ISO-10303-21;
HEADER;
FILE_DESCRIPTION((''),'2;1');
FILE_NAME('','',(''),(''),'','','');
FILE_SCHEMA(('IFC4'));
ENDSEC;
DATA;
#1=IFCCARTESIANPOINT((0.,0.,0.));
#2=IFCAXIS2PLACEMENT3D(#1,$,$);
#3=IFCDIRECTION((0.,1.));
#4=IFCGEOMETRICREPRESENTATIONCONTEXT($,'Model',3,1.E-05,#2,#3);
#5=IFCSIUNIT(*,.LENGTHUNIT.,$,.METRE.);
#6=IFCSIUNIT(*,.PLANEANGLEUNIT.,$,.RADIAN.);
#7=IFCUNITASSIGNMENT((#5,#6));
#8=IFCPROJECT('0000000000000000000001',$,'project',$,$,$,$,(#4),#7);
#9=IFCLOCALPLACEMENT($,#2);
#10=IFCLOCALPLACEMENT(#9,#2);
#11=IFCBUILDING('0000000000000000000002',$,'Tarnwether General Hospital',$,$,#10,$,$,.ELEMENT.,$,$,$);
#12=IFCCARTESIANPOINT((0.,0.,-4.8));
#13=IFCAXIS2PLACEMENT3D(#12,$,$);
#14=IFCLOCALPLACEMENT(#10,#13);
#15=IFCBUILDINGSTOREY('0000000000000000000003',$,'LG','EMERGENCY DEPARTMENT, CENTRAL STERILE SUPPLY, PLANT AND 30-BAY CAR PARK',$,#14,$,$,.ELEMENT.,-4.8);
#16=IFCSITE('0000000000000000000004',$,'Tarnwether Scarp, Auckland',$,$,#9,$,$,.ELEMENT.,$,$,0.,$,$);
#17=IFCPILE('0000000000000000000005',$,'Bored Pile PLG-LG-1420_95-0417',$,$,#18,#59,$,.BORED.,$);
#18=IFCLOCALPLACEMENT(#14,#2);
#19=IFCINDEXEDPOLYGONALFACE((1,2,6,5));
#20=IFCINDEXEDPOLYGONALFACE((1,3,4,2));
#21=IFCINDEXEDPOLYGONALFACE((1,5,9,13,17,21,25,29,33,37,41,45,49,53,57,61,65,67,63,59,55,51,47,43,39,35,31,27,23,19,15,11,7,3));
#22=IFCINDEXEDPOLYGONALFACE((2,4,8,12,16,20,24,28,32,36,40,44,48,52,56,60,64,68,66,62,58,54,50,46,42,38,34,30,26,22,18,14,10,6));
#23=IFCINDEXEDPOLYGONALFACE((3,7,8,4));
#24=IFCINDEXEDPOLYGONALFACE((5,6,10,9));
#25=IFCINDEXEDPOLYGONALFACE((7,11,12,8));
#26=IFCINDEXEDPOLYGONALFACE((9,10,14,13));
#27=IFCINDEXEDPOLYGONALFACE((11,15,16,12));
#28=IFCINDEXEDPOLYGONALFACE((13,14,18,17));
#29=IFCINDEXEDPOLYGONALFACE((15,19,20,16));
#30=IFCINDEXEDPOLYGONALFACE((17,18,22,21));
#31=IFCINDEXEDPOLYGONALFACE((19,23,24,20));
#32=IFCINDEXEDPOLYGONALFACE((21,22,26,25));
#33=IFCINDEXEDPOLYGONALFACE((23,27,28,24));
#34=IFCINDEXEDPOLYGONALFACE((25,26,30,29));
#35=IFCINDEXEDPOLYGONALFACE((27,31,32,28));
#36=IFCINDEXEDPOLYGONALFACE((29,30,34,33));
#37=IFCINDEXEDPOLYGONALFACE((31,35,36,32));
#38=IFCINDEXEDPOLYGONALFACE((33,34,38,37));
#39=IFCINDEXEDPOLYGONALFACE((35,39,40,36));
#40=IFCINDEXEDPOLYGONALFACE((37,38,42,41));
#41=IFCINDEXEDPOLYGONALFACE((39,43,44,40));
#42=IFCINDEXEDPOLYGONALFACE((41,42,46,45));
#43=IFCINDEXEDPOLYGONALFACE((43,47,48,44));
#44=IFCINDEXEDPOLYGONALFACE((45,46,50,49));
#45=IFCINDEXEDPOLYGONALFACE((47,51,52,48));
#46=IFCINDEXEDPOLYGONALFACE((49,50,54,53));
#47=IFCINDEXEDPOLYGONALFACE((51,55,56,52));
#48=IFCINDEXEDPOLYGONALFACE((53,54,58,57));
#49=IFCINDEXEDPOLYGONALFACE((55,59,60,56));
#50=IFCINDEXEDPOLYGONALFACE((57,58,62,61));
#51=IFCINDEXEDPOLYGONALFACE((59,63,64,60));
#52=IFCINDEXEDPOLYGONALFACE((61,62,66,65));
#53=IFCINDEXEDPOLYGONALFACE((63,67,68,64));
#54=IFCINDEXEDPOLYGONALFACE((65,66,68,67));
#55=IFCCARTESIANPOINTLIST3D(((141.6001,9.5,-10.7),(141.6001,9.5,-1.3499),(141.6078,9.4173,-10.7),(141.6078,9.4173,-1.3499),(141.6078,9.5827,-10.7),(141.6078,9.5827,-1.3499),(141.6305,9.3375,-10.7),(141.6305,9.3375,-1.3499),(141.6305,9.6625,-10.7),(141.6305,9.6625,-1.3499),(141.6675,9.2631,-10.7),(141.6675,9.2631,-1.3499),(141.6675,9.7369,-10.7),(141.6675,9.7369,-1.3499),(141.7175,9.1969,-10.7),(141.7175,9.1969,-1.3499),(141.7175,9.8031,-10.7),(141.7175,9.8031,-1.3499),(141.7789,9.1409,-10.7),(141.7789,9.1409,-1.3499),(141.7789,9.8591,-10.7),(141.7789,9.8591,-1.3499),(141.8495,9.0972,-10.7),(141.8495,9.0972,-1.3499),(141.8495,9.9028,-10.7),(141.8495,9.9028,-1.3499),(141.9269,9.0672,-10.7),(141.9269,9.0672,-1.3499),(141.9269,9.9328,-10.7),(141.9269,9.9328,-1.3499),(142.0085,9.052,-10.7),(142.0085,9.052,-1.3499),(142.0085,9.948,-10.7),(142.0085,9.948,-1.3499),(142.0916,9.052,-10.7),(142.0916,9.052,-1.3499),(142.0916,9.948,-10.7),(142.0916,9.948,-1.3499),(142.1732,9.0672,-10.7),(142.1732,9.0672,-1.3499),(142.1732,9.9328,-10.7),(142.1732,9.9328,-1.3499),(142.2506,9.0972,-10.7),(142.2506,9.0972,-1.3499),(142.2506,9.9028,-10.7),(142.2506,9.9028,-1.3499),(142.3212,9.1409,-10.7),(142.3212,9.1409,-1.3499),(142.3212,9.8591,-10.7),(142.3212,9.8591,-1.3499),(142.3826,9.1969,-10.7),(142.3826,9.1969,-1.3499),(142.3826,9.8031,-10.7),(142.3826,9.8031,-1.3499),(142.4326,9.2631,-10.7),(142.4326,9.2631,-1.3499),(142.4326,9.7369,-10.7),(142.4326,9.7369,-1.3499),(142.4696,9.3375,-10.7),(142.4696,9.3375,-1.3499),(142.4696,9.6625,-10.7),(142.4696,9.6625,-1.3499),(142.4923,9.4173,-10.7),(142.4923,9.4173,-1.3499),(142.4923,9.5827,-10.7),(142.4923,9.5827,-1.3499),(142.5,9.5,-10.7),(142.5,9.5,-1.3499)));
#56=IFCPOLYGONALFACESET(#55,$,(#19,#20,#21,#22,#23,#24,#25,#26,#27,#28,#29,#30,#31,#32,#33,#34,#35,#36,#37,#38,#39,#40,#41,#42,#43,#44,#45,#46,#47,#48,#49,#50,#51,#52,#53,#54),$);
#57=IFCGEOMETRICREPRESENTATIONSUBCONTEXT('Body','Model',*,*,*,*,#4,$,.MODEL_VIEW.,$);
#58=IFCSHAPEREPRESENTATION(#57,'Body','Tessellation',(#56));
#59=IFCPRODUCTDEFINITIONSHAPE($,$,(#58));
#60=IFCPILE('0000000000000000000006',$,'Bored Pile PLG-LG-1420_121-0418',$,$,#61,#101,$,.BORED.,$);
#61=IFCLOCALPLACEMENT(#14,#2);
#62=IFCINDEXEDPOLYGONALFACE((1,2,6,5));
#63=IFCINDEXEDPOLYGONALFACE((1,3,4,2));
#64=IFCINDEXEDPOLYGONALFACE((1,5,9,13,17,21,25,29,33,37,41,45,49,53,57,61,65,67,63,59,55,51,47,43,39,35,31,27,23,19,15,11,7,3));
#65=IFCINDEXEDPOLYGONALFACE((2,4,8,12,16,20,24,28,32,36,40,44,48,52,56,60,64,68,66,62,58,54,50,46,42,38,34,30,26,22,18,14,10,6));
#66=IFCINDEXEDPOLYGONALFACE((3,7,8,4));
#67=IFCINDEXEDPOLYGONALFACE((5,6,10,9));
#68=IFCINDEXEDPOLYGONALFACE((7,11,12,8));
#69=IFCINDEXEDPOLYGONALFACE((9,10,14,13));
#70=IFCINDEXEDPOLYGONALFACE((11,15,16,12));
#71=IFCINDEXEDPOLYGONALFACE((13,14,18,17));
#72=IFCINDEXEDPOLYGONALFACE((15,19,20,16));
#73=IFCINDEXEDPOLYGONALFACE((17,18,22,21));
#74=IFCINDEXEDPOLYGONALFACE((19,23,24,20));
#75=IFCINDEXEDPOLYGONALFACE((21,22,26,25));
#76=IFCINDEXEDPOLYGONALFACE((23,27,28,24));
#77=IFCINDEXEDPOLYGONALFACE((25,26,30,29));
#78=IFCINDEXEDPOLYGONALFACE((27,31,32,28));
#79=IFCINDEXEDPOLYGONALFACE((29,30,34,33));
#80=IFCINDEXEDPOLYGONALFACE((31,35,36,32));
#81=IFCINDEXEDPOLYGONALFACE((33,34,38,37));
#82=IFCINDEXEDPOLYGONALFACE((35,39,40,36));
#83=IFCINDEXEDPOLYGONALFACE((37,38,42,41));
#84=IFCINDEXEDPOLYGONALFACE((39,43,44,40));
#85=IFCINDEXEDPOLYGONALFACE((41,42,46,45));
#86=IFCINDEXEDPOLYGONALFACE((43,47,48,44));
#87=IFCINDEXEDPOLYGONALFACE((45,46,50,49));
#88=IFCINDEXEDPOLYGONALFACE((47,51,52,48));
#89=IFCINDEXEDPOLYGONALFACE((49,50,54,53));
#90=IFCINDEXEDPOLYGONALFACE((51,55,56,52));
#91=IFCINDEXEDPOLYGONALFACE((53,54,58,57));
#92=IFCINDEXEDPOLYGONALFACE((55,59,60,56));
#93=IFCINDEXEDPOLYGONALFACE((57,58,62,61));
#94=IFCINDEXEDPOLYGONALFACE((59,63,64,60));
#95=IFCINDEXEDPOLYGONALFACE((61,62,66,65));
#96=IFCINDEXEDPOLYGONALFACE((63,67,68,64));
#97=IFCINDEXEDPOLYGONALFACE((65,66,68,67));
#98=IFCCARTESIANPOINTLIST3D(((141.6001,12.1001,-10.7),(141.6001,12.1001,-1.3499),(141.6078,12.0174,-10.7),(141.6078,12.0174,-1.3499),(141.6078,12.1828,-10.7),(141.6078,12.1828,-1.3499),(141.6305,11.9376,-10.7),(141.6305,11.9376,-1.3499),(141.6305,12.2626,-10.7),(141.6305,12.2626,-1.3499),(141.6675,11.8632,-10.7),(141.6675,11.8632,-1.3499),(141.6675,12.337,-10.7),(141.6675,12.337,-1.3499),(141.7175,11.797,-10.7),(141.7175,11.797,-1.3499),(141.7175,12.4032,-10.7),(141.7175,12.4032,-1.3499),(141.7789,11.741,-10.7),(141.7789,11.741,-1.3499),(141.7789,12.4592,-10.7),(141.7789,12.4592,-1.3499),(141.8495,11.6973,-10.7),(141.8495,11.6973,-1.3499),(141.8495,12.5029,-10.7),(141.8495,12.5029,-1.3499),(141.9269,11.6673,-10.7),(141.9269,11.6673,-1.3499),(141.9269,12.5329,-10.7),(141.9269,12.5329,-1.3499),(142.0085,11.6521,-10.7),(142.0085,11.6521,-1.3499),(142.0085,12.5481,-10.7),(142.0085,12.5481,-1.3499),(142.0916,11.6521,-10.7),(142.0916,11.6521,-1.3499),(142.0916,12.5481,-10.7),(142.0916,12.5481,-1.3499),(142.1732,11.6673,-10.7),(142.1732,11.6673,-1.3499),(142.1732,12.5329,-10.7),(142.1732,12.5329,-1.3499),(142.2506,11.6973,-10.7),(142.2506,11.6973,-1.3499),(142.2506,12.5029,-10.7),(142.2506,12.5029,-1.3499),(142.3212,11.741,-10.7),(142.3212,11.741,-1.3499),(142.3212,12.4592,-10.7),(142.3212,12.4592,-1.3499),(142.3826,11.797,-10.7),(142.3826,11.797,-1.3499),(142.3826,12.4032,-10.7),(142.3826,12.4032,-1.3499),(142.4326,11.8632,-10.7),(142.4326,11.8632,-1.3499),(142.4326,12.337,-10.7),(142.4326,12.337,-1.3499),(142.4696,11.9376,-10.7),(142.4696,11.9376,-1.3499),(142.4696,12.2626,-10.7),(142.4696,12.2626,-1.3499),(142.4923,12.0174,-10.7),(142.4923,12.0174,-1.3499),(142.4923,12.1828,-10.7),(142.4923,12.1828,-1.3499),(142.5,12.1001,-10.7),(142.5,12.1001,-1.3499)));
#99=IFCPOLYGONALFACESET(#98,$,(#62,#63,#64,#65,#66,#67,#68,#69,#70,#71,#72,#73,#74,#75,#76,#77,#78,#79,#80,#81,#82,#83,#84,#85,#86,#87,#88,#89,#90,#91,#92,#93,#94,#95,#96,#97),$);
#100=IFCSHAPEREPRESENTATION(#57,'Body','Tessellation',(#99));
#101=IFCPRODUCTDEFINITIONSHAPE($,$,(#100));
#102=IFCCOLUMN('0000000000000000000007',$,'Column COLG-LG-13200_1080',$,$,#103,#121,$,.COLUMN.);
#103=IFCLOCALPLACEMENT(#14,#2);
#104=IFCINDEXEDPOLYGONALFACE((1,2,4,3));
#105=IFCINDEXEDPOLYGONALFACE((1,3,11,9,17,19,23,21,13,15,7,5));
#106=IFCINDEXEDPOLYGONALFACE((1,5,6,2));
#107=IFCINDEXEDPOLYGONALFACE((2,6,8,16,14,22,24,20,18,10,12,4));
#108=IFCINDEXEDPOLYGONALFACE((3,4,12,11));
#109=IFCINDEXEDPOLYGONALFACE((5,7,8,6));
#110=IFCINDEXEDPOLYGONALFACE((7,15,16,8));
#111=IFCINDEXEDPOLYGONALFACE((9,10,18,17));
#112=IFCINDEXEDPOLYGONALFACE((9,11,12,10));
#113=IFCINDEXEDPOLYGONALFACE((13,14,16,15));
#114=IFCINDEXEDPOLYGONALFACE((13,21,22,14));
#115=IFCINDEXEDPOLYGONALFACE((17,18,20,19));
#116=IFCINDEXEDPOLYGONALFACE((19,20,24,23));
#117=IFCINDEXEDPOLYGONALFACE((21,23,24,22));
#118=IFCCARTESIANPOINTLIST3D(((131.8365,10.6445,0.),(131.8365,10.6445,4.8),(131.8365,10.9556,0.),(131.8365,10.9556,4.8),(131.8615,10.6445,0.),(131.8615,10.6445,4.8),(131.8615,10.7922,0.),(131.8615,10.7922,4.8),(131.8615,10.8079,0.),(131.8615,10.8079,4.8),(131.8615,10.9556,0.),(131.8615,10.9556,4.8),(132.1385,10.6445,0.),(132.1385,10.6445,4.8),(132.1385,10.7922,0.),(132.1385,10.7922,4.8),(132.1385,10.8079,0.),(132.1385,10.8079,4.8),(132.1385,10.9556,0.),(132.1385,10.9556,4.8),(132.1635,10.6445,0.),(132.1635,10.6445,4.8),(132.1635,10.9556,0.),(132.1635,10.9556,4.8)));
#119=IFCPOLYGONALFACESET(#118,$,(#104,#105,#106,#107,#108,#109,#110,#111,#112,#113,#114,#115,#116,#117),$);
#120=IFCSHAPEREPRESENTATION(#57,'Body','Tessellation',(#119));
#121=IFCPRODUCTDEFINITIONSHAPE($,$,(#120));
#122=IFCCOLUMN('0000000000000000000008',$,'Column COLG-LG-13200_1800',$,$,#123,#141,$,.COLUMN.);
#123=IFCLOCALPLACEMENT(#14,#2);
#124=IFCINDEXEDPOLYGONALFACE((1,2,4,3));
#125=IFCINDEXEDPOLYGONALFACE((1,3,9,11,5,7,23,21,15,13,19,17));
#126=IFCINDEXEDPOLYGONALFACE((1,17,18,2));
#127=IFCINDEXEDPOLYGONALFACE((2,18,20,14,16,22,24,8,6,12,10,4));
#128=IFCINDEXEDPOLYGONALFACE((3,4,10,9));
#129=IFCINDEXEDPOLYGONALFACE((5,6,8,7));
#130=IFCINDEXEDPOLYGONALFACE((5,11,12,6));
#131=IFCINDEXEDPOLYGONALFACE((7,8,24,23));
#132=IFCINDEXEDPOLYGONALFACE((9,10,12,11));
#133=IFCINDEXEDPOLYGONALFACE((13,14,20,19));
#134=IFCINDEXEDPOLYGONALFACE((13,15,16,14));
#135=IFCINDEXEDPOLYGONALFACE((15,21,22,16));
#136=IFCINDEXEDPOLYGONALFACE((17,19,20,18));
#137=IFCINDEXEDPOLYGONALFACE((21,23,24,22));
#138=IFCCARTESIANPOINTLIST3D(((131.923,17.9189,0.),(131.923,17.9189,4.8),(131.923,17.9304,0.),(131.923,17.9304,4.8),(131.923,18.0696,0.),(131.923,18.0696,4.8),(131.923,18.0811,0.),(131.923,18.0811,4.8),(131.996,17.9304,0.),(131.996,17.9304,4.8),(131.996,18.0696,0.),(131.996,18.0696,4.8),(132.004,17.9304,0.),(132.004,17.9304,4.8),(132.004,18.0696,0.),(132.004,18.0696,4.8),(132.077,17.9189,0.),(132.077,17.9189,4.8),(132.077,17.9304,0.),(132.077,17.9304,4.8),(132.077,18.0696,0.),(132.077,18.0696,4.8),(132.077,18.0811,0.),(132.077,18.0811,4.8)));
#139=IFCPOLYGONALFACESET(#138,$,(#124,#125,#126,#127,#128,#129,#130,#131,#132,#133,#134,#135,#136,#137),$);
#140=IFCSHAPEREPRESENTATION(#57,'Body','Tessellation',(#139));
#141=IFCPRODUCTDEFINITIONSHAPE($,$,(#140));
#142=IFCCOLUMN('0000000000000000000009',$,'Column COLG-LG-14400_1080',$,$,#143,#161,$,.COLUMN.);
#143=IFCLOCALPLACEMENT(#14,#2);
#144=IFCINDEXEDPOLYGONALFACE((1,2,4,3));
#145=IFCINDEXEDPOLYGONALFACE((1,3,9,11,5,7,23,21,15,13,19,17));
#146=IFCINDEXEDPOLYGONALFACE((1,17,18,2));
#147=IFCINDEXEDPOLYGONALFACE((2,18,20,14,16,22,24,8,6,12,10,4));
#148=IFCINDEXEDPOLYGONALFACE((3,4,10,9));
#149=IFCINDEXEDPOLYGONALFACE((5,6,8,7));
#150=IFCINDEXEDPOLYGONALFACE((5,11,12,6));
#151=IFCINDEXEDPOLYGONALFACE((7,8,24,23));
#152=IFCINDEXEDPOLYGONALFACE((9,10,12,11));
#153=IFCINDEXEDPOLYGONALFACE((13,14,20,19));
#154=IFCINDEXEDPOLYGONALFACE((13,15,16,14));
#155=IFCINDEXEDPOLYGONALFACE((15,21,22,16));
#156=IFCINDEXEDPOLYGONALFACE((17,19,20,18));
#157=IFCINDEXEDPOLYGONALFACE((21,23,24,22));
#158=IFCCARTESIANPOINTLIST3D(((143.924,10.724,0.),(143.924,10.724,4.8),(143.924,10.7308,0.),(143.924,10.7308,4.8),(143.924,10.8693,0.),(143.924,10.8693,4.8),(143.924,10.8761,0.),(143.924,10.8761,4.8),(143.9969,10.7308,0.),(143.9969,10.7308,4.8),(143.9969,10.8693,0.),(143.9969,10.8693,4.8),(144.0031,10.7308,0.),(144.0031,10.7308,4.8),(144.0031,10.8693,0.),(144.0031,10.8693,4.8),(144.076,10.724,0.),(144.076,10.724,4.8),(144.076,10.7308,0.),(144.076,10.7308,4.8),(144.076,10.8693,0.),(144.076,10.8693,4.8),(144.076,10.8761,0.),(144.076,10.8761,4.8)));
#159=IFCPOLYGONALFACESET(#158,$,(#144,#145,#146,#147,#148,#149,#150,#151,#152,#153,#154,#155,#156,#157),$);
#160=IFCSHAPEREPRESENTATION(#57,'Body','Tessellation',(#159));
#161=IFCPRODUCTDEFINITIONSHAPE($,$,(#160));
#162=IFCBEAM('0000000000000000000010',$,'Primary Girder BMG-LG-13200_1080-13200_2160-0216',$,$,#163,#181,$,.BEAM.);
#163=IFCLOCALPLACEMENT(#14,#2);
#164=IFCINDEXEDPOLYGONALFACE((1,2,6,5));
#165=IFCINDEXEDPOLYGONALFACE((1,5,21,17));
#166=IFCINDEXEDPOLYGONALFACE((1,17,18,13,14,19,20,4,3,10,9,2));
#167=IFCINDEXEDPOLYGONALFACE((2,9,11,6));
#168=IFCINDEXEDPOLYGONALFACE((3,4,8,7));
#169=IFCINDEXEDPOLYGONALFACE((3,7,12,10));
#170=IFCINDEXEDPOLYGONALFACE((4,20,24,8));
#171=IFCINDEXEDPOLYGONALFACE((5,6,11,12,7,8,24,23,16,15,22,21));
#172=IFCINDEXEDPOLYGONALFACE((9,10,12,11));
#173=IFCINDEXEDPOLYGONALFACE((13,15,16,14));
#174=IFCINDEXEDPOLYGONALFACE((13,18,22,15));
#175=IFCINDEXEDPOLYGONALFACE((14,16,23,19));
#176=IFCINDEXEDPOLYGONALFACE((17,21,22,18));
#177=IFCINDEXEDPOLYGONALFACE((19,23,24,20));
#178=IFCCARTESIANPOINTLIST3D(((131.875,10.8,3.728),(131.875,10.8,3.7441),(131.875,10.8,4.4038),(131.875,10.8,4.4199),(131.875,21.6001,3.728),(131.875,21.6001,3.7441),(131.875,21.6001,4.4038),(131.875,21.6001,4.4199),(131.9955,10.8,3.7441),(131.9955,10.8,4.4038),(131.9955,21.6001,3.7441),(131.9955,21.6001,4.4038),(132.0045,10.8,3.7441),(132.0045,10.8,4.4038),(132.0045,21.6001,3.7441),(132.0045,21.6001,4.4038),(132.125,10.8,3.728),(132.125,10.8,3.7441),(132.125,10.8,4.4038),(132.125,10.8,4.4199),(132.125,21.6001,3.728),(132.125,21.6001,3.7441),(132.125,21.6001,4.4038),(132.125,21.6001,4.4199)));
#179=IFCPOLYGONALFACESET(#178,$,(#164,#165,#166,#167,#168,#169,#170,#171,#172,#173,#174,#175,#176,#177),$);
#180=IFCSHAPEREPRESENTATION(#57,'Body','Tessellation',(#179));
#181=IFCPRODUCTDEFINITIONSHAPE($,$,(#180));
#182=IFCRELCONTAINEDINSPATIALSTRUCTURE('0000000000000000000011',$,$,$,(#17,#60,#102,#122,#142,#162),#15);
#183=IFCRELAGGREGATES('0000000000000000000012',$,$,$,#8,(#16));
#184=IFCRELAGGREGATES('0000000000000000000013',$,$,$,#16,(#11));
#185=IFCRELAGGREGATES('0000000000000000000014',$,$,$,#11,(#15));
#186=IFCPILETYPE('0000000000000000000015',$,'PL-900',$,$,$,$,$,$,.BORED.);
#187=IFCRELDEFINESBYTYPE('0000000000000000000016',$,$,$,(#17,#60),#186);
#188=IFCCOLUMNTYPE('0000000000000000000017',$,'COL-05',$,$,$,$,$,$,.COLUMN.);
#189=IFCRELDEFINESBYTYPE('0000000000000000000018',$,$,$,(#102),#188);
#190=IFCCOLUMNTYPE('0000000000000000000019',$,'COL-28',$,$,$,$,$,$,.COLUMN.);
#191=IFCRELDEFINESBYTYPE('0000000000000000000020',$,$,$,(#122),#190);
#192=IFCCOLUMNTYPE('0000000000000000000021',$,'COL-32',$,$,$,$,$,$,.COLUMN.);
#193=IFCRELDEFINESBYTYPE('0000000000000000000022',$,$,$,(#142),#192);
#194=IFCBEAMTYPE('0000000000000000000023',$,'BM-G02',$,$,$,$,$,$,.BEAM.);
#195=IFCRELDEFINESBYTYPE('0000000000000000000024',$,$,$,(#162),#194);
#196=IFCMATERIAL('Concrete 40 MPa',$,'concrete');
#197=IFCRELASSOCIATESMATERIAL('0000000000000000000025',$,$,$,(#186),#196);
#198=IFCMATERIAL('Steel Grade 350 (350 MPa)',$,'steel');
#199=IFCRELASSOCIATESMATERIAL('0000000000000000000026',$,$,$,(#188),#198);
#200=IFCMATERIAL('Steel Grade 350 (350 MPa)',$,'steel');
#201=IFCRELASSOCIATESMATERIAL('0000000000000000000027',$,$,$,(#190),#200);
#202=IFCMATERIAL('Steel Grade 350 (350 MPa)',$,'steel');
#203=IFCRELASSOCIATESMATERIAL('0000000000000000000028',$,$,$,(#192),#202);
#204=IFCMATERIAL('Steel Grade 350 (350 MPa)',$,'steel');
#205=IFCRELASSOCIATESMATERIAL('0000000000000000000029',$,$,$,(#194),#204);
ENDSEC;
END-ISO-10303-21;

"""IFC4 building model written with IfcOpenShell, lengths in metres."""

from ifc_helpers import new_model, si_unit, direction, frame, origin, origin_2d, place, context, subcontext, project, spatial, circle, i_section, extrude, material, material_profile, profile_set, type_object, element, save


model = new_model("IFC4")

# Units and contexts
model_context = context("Model", 3, precision=1e-05, world=origin(), true_north=direction((0.0, 1.0)))
body_context = subcontext(model_context, "Body", "Model", "MODEL_VIEW")
ifc_project = project(units=[si_unit("LENGTHUNIT", "METRE"), si_unit("PLANEANGLEUNIT", "RADIAN")], contexts=[model_context])

# Site, building, storey
site_placement = place(None, origin())
site = spatial("IfcSite", under=ifc_project, at=site_placement, Name="Tarnwether Scarp, Auckland", CompositionType="ELEMENT", RefElevation=0.0)
building_placement = place(site_placement, origin())
building = spatial("IfcBuilding", under=site, at=building_placement, Name="Tarnwether General Hospital", CompositionType="ELEMENT")
storey_placement = place(building_placement, frame((0.0, 0.0, -4.8)))
storey = spatial("IfcBuildingStorey", under=building, at=storey_placement, Name="LG", Description="EMERGENCY DEPARTMENT, CENTRAL STERILE SUPPLY, PLANT AND 30-BAY CAR PARK", CompositionType="ELEMENT", Elevation=-4.8)

# Piles
ifc_material_1 = material(Name="Concrete 40 MPa", Category="concrete")
ifc_material_profile_1 = material_profile(ifc_material_1, circle(Radius=0.45, at=origin_2d()), Name="PILE-D900")
ifc_profile_set_1 = profile_set([ifc_material_profile_1], Name="Concrete 40 MPa")
pile_type_1 = type_object("IfcPileType", Name="PL-900", PredefinedType="BORED", material=ifc_profile_set_1)
for number, where, z_axis, x_axis, name in (
    (1, (142.05, 9.5, -1.3499), (0.0, 0.0, -1.0), (1.0, 0.0, 0.0), "Bored Pile PLG-LG-1420_95-0417"),
    (2, (142.05, 12.1001, -1.3499), (0.0, 0.0, -1.0), (1.0, 0.0, 0.0), "Bored Pile PLG-LG-1420_121-0418"),
):
    element("IfcPile", number, at=place(storey_placement, frame(where, z_axis=z_axis, x_axis=x_axis)), inside=storey, type_object=pile_type_1, Name=name, PredefinedType="BORED", context=body_context, shape_type="SweptSolid", body=[
        extrude(circle(Radius=0.45, at=origin_2d()), origin(), (0.0, 0.0, 1.0), 9.3501),
    ])

# Columns
ifc_material_2 = material(Name="Steel Grade 350 (350 MPa)", Category="steel")
ifc_material_profile_2 = material_profile(ifc_material_2, i_section(OverallWidth=0.311, OverallDepth=0.3269, WebThickness=0.0156, FlangeThickness=0.0249, at=origin_2d()), Name="310UC158")
ifc_profile_set_2 = profile_set([ifc_material_profile_2], Name="Steel Grade 350 (350 MPa)")
column_type_1 = type_object("IfcColumnType", Name="COL-05", PredefinedType="COLUMN", material=ifc_profile_set_2)
column_1_placement = place(storey_placement, frame((132.0, 10.8, 0.0), z_axis=(0.0, 0.0, 1.0), x_axis=(0.0, 1.0, 0.0)))
element("IfcColumn", 3, at=column_1_placement, inside=storey, type_object=column_type_1, Name="Column COLG-LG-13200_1080", PredefinedType="COLUMN", context=body_context, shape_type="SweptSolid", body=[
    extrude(i_section(OverallWidth=0.311, OverallDepth=0.3269, WebThickness=0.0156, FlangeThickness=0.0249, at=origin_2d()), origin(), (0.0, 0.0, 1.0), 4.8),
])
ifc_material_3 = material(Name="Steel Grade 350 (350 MPa)", Category="steel")
ifc_material_profile_3 = material_profile(ifc_material_3, i_section(OverallWidth=0.1541, OverallDepth=0.1621, WebThickness=0.0081, FlangeThickness=0.0115, at=origin_2d()), Name="150UC37.2")
ifc_profile_set_3 = profile_set([ifc_material_profile_3], Name="Steel Grade 350 (350 MPa)")
column_type_2 = type_object("IfcColumnType", Name="COL-28", PredefinedType="COLUMN", material=ifc_profile_set_3)
column_2_placement = place(storey_placement, frame((132.0, 18.0, 0.0), z_axis=(0.0, 0.0, 1.0), x_axis=(1.0, 0.0, 0.0)))
element("IfcColumn", 4, at=column_2_placement, inside=storey, type_object=column_type_2, Name="Column COLG-LG-13200_1800", PredefinedType="COLUMN", context=body_context, shape_type="SweptSolid", body=[
    extrude(i_section(OverallWidth=0.1541, OverallDepth=0.1621, WebThickness=0.0081, FlangeThickness=0.0115, at=origin_2d()), origin(), (0.0, 0.0, 1.0), 4.8),
])
ifc_material_4 = material(Name="Steel Grade 350 (350 MPa)", Category="steel")
ifc_material_profile_4 = material_profile(ifc_material_4, i_section(OverallWidth=0.1521, OverallDepth=0.1521, WebThickness=0.0061, FlangeThickness=0.0068, at=origin_2d()), Name="150UC23.4")
ifc_profile_set_4 = profile_set([ifc_material_profile_4], Name="Steel Grade 350 (350 MPa)")
column_type_3 = type_object("IfcColumnType", Name="COL-32", PredefinedType="COLUMN", material=ifc_profile_set_4)
column_3_placement = place(storey_placement, frame((144.0, 10.8, 0.0), z_axis=(0.0, 0.0, 1.0), x_axis=(1.0, 0.0, 0.0)))
element("IfcColumn", 5, at=column_3_placement, inside=storey, type_object=column_type_3, Name="Column COLG-LG-14400_1080", PredefinedType="COLUMN", context=body_context, shape_type="SweptSolid", body=[
    extrude(i_section(OverallWidth=0.1521, OverallDepth=0.1521, WebThickness=0.0061, FlangeThickness=0.0068, at=origin_2d()), origin(), (0.0, 0.0, 1.0), 4.8),
])

# Beam
ifc_material_5 = material(Name="Steel Grade 350 (350 MPa)", Category="steel")
ifc_material_profile_5 = material_profile(ifc_material_5, i_section(OverallWidth=0.25, OverallDepth=0.6919, WebThickness=0.009, FlangeThickness=0.0161, at=origin_2d()), Name="700WB115")
ifc_profile_set_5 = profile_set([ifc_material_profile_5], Name="Steel Grade 350 (350 MPa)")
beam_type_1 = type_object("IfcBeamType", Name="BM-G02", PredefinedType="BEAM", material=ifc_profile_set_5)
for number, where, z_axis, x_axis, name in (
    (6, (132.0, 10.8, 4.074), (0.0, 1.0, 0.0), (-1.0, 0.0, 0.0), "Primary Girder BMG-LG-13200_1080-13200_2160-0216"),
):
    element("IfcBeam", number, at=place(storey_placement, frame(where, z_axis=z_axis, x_axis=x_axis)), inside=storey, type_object=beam_type_1, Name=name, PredefinedType="BEAM", context=body_context, shape_type="SweptSolid", body=[
        extrude(i_section(OverallWidth=0.25, OverallDepth=0.6919, WebThickness=0.009, FlangeThickness=0.0161, at=origin_2d()), origin(), (0.0, 0.0, 1.0), 10.8),
    ])

save(model, "model.ifc")
